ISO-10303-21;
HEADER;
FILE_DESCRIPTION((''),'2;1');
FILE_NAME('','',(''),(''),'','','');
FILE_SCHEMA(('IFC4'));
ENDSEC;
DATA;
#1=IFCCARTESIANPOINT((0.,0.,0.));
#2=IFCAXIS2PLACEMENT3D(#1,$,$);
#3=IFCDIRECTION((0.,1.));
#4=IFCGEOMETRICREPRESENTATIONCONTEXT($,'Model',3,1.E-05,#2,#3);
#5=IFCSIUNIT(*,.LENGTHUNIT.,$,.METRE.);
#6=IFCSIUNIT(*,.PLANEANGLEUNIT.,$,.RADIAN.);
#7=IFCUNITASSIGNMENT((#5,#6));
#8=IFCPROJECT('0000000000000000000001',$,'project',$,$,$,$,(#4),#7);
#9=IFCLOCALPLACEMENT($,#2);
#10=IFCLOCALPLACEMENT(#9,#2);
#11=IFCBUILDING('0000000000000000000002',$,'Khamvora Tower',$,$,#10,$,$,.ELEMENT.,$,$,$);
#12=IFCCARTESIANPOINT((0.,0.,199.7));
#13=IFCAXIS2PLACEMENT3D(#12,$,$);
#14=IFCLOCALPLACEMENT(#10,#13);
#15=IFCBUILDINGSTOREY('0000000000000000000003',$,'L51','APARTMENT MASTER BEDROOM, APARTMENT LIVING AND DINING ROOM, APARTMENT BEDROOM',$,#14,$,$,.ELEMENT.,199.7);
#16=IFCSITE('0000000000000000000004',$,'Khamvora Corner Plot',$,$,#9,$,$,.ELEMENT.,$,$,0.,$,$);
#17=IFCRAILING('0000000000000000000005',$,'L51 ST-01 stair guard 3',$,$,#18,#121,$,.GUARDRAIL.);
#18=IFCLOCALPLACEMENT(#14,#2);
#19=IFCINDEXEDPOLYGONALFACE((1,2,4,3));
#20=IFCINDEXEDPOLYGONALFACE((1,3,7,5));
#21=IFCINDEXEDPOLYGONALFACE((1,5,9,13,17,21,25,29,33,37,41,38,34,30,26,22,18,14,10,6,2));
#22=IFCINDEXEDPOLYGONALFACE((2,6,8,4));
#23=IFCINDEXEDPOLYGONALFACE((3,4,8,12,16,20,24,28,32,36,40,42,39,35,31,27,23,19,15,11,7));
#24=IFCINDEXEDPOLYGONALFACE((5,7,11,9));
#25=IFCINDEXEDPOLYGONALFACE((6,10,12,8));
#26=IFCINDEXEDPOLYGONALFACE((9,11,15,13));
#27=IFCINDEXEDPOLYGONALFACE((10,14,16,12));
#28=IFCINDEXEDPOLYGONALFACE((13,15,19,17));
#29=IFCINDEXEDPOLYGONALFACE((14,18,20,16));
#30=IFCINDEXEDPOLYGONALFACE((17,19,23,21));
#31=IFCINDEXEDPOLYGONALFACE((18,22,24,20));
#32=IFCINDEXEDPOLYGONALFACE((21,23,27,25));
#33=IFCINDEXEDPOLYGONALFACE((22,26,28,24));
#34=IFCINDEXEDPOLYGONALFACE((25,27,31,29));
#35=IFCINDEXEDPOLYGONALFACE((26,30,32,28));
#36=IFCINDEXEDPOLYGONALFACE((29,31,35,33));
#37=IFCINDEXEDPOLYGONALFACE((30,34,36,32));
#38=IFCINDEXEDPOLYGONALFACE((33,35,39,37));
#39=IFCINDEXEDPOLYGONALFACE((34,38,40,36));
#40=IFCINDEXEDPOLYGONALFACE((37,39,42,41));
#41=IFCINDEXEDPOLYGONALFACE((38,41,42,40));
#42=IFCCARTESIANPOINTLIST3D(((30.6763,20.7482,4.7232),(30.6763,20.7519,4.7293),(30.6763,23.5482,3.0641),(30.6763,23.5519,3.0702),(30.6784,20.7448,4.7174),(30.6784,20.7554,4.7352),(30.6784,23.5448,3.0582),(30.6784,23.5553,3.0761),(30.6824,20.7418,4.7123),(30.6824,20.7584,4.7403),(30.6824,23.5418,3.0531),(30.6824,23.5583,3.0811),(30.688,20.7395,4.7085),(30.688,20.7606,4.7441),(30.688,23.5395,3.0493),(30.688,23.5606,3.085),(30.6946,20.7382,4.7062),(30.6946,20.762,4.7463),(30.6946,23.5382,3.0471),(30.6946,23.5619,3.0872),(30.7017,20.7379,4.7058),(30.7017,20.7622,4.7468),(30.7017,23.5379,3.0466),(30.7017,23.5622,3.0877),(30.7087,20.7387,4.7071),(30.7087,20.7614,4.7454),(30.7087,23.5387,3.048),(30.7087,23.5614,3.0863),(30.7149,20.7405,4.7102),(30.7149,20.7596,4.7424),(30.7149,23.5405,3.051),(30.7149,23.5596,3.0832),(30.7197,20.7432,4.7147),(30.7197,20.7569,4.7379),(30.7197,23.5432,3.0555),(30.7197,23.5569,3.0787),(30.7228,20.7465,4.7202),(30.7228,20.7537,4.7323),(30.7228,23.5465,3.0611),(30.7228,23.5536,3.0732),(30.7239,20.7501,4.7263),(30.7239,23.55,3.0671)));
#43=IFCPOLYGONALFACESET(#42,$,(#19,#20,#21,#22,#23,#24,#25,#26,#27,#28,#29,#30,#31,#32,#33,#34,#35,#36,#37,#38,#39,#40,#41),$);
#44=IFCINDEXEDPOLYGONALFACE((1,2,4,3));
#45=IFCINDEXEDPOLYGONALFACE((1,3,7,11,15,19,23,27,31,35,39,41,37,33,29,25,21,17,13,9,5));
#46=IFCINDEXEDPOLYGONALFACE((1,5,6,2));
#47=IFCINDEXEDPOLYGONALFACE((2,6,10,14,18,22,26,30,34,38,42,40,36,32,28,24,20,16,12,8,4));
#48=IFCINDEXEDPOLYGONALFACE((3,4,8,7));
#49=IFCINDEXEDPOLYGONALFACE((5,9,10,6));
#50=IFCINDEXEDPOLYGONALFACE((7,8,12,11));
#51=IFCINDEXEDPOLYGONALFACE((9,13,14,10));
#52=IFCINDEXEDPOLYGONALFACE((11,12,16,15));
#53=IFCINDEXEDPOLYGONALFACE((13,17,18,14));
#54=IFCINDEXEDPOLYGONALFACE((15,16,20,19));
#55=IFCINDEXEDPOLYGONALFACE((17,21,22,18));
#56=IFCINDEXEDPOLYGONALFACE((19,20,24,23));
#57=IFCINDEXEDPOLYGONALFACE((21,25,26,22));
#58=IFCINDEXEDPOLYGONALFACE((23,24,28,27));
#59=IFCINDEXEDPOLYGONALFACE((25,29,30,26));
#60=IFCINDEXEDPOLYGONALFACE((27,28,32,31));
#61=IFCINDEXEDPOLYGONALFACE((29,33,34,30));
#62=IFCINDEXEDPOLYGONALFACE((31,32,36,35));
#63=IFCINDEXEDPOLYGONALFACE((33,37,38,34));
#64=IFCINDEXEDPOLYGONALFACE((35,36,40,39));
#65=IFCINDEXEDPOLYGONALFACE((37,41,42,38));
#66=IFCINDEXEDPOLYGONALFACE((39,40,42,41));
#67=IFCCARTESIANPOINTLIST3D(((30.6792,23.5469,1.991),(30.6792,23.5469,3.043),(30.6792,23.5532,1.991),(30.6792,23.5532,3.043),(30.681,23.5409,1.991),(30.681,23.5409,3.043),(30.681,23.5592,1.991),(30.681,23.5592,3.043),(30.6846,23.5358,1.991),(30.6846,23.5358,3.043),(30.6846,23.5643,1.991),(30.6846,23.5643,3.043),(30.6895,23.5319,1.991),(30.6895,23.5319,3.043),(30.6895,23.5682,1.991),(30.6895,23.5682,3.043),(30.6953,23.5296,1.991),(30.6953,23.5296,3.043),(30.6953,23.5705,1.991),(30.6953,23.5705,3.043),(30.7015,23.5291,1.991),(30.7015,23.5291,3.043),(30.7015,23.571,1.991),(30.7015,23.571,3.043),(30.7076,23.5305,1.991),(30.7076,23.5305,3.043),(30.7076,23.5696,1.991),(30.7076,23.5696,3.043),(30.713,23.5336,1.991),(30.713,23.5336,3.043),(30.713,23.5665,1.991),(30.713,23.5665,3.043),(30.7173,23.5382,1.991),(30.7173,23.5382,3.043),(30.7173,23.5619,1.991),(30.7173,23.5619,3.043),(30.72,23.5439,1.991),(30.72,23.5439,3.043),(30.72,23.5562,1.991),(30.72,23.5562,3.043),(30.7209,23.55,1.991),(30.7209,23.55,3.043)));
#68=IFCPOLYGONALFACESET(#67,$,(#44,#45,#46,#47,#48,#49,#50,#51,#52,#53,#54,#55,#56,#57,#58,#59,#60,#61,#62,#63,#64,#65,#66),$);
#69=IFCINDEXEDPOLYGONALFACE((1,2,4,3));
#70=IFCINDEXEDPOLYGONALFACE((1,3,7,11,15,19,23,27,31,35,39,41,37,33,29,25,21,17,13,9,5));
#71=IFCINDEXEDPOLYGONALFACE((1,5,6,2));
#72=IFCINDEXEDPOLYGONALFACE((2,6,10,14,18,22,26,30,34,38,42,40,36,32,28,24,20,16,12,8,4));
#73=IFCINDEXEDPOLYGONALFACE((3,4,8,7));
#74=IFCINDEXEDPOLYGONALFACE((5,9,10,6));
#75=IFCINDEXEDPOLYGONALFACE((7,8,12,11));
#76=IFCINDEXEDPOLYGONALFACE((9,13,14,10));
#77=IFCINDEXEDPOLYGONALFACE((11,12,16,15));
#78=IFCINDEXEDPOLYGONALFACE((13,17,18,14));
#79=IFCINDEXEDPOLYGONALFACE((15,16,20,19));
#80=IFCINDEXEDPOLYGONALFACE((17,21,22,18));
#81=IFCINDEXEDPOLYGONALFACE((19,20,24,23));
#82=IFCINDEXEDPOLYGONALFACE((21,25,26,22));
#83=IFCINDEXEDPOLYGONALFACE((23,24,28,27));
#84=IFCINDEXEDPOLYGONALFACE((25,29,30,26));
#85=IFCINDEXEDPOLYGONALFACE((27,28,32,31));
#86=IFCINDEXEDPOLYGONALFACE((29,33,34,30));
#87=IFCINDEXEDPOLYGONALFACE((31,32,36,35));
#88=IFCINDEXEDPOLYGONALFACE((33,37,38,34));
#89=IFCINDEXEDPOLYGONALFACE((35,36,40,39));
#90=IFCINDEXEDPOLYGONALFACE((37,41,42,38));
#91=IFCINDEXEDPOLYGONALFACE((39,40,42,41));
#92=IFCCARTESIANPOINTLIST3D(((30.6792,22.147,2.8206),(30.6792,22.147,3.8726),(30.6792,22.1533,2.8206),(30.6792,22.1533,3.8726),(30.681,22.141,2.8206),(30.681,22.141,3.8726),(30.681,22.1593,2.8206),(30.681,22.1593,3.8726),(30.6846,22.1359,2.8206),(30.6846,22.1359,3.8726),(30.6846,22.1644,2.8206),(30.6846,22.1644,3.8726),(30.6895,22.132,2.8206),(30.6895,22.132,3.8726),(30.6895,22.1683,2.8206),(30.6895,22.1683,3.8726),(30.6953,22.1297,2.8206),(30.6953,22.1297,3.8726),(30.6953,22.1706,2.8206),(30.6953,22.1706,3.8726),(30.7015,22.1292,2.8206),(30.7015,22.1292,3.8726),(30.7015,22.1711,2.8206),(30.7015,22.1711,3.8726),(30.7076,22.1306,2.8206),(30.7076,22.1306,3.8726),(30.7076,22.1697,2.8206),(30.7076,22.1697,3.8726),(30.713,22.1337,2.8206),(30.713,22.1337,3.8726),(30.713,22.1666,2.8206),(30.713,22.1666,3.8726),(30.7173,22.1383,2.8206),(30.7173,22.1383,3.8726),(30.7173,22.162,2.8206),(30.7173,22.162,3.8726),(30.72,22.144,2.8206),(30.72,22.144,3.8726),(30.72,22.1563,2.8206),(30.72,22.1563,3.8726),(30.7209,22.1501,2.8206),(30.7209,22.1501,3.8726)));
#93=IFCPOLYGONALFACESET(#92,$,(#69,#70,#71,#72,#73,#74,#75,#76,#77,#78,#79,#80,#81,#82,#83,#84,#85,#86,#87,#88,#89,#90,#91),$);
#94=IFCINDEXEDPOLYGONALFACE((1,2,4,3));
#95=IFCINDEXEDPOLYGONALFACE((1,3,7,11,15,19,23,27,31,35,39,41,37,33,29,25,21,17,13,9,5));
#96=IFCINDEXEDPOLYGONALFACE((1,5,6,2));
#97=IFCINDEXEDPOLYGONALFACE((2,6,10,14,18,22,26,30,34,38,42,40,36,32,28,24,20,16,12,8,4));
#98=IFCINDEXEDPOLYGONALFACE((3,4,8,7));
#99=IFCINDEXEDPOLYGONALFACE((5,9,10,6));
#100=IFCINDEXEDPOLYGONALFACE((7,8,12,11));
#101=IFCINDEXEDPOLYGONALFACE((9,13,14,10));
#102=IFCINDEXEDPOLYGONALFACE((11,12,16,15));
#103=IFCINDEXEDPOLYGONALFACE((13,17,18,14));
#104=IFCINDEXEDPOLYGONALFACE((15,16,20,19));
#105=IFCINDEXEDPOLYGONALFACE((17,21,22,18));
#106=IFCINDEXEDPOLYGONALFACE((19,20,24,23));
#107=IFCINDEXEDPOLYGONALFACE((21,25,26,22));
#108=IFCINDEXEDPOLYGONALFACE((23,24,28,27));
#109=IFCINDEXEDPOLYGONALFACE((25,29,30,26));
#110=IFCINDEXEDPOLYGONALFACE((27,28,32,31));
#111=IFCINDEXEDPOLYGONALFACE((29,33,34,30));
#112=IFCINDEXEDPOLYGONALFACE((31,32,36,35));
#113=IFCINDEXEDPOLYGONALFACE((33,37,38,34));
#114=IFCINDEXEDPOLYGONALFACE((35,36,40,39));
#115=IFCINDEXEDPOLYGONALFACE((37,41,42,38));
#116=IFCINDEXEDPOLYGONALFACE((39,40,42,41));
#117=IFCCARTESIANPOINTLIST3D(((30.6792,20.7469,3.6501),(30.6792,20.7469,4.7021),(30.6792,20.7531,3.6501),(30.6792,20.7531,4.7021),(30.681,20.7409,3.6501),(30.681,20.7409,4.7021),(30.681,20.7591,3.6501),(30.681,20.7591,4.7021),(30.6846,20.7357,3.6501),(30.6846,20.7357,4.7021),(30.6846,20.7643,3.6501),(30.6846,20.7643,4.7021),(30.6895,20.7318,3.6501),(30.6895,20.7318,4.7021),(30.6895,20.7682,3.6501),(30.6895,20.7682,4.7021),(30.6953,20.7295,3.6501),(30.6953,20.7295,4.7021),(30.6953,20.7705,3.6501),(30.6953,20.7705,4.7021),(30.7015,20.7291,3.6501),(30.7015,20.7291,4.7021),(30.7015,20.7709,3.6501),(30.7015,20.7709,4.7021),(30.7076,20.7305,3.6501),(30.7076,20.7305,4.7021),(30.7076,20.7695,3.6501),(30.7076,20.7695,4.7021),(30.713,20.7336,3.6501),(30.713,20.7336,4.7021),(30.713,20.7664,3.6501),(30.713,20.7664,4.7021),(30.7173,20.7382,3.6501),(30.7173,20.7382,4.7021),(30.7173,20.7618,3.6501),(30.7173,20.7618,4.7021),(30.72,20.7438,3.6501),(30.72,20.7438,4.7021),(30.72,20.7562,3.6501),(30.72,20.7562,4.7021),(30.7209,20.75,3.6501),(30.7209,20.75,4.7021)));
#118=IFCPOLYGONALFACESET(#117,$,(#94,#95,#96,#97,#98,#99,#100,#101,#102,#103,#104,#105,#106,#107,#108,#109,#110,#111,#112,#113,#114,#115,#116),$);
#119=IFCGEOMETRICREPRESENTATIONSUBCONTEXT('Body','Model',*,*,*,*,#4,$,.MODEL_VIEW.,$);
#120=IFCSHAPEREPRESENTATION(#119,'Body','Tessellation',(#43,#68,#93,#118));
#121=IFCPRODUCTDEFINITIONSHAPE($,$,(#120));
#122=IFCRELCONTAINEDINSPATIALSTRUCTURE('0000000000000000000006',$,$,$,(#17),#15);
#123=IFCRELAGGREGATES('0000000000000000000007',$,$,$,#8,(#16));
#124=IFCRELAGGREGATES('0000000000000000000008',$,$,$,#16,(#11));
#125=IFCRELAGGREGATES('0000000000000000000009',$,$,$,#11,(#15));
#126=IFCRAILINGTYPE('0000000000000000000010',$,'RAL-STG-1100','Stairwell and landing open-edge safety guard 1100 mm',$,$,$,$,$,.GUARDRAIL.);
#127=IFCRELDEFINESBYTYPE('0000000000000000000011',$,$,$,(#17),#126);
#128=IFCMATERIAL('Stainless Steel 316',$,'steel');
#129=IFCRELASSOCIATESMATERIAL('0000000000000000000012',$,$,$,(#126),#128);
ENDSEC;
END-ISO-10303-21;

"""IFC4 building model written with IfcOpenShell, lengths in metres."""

from ifc_helpers import new_model, si_unit, direction, frame, origin, origin_2d, place, context, subcontext, project, spatial, circle, extrude, material, type_object, element, save


model = new_model("IFC4")

# Units and contexts
model_context = context("Model", 3, precision=1e-05, world=origin(), true_north=direction((0.0, 1.0)))
body_context = subcontext(model_context, "Body", "Model", "MODEL_VIEW")
ifc_project = project(units=[si_unit("LENGTHUNIT", "METRE"), si_unit("PLANEANGLEUNIT", "RADIAN")], contexts=[model_context])

# Site, building, storey
site_placement = place(None, origin())
site = spatial("IfcSite", under=ifc_project, at=site_placement, Name="Khamvora Corner Plot", CompositionType="ELEMENT", RefElevation=0.0)
building_placement = place(site_placement, origin())
building = spatial("IfcBuilding", under=site, at=building_placement, Name="Khamvora Tower", CompositionType="ELEMENT")
storey_placement = place(building_placement, frame((0.0, 0.0, 199.7)))
storey = spatial("IfcBuildingStorey", under=building, at=storey_placement, Name="L51", Description="APARTMENT MASTER BEDROOM, APARTMENT LIVING AND DINING ROOM, APARTMENT BEDROOM", CompositionType="ELEMENT", Elevation=199.7)

# Railing
ifc_material_1 = material(Name="Stainless Steel 316", Category="steel")
railing_type_1 = type_object("IfcRailingType", Name="RAL-STG-1100", Description="Stairwell and landing open-edge safety guard 1100 mm", PredefinedType="GUARDRAIL", material=ifc_material_1)
railing_1_placement = place(storey_placement, frame((30.7, 23.55, 1.991)))
element("IfcRailing", 1, at=railing_1_placement, inside=storey, type_object=railing_type_1, Name="L51 ST-01 stair guard 3", PredefinedType="GUARDRAIL", context=body_context, shape_type="SweptSolid", body=[
    extrude(circle(Radius=0.0239, at=origin_2d()), frame((0.0, 0.0, 1.0762), z_axis=(0.0, -0.860306, 0.509778), x_axis=(1.0, 0.0, 0.0)), (0.0, 0.0, 1.0), 3.2546),
    extrude(circle(Radius=0.021, at=origin_2d()), origin(), (0.0, 0.0, 1.0), 1.052),
    extrude(circle(Radius=0.021, at=origin_2d()), frame((0.0, -1.3999, 0.8296)), (0.0, 0.0, 1.0), 1.052),
    extrude(circle(Radius=0.021, at=origin_2d()), frame((0.0, -2.8, 1.6592)), (0.0, 0.0, 1.0), 1.052),
])

save(model, "model.ifc")
